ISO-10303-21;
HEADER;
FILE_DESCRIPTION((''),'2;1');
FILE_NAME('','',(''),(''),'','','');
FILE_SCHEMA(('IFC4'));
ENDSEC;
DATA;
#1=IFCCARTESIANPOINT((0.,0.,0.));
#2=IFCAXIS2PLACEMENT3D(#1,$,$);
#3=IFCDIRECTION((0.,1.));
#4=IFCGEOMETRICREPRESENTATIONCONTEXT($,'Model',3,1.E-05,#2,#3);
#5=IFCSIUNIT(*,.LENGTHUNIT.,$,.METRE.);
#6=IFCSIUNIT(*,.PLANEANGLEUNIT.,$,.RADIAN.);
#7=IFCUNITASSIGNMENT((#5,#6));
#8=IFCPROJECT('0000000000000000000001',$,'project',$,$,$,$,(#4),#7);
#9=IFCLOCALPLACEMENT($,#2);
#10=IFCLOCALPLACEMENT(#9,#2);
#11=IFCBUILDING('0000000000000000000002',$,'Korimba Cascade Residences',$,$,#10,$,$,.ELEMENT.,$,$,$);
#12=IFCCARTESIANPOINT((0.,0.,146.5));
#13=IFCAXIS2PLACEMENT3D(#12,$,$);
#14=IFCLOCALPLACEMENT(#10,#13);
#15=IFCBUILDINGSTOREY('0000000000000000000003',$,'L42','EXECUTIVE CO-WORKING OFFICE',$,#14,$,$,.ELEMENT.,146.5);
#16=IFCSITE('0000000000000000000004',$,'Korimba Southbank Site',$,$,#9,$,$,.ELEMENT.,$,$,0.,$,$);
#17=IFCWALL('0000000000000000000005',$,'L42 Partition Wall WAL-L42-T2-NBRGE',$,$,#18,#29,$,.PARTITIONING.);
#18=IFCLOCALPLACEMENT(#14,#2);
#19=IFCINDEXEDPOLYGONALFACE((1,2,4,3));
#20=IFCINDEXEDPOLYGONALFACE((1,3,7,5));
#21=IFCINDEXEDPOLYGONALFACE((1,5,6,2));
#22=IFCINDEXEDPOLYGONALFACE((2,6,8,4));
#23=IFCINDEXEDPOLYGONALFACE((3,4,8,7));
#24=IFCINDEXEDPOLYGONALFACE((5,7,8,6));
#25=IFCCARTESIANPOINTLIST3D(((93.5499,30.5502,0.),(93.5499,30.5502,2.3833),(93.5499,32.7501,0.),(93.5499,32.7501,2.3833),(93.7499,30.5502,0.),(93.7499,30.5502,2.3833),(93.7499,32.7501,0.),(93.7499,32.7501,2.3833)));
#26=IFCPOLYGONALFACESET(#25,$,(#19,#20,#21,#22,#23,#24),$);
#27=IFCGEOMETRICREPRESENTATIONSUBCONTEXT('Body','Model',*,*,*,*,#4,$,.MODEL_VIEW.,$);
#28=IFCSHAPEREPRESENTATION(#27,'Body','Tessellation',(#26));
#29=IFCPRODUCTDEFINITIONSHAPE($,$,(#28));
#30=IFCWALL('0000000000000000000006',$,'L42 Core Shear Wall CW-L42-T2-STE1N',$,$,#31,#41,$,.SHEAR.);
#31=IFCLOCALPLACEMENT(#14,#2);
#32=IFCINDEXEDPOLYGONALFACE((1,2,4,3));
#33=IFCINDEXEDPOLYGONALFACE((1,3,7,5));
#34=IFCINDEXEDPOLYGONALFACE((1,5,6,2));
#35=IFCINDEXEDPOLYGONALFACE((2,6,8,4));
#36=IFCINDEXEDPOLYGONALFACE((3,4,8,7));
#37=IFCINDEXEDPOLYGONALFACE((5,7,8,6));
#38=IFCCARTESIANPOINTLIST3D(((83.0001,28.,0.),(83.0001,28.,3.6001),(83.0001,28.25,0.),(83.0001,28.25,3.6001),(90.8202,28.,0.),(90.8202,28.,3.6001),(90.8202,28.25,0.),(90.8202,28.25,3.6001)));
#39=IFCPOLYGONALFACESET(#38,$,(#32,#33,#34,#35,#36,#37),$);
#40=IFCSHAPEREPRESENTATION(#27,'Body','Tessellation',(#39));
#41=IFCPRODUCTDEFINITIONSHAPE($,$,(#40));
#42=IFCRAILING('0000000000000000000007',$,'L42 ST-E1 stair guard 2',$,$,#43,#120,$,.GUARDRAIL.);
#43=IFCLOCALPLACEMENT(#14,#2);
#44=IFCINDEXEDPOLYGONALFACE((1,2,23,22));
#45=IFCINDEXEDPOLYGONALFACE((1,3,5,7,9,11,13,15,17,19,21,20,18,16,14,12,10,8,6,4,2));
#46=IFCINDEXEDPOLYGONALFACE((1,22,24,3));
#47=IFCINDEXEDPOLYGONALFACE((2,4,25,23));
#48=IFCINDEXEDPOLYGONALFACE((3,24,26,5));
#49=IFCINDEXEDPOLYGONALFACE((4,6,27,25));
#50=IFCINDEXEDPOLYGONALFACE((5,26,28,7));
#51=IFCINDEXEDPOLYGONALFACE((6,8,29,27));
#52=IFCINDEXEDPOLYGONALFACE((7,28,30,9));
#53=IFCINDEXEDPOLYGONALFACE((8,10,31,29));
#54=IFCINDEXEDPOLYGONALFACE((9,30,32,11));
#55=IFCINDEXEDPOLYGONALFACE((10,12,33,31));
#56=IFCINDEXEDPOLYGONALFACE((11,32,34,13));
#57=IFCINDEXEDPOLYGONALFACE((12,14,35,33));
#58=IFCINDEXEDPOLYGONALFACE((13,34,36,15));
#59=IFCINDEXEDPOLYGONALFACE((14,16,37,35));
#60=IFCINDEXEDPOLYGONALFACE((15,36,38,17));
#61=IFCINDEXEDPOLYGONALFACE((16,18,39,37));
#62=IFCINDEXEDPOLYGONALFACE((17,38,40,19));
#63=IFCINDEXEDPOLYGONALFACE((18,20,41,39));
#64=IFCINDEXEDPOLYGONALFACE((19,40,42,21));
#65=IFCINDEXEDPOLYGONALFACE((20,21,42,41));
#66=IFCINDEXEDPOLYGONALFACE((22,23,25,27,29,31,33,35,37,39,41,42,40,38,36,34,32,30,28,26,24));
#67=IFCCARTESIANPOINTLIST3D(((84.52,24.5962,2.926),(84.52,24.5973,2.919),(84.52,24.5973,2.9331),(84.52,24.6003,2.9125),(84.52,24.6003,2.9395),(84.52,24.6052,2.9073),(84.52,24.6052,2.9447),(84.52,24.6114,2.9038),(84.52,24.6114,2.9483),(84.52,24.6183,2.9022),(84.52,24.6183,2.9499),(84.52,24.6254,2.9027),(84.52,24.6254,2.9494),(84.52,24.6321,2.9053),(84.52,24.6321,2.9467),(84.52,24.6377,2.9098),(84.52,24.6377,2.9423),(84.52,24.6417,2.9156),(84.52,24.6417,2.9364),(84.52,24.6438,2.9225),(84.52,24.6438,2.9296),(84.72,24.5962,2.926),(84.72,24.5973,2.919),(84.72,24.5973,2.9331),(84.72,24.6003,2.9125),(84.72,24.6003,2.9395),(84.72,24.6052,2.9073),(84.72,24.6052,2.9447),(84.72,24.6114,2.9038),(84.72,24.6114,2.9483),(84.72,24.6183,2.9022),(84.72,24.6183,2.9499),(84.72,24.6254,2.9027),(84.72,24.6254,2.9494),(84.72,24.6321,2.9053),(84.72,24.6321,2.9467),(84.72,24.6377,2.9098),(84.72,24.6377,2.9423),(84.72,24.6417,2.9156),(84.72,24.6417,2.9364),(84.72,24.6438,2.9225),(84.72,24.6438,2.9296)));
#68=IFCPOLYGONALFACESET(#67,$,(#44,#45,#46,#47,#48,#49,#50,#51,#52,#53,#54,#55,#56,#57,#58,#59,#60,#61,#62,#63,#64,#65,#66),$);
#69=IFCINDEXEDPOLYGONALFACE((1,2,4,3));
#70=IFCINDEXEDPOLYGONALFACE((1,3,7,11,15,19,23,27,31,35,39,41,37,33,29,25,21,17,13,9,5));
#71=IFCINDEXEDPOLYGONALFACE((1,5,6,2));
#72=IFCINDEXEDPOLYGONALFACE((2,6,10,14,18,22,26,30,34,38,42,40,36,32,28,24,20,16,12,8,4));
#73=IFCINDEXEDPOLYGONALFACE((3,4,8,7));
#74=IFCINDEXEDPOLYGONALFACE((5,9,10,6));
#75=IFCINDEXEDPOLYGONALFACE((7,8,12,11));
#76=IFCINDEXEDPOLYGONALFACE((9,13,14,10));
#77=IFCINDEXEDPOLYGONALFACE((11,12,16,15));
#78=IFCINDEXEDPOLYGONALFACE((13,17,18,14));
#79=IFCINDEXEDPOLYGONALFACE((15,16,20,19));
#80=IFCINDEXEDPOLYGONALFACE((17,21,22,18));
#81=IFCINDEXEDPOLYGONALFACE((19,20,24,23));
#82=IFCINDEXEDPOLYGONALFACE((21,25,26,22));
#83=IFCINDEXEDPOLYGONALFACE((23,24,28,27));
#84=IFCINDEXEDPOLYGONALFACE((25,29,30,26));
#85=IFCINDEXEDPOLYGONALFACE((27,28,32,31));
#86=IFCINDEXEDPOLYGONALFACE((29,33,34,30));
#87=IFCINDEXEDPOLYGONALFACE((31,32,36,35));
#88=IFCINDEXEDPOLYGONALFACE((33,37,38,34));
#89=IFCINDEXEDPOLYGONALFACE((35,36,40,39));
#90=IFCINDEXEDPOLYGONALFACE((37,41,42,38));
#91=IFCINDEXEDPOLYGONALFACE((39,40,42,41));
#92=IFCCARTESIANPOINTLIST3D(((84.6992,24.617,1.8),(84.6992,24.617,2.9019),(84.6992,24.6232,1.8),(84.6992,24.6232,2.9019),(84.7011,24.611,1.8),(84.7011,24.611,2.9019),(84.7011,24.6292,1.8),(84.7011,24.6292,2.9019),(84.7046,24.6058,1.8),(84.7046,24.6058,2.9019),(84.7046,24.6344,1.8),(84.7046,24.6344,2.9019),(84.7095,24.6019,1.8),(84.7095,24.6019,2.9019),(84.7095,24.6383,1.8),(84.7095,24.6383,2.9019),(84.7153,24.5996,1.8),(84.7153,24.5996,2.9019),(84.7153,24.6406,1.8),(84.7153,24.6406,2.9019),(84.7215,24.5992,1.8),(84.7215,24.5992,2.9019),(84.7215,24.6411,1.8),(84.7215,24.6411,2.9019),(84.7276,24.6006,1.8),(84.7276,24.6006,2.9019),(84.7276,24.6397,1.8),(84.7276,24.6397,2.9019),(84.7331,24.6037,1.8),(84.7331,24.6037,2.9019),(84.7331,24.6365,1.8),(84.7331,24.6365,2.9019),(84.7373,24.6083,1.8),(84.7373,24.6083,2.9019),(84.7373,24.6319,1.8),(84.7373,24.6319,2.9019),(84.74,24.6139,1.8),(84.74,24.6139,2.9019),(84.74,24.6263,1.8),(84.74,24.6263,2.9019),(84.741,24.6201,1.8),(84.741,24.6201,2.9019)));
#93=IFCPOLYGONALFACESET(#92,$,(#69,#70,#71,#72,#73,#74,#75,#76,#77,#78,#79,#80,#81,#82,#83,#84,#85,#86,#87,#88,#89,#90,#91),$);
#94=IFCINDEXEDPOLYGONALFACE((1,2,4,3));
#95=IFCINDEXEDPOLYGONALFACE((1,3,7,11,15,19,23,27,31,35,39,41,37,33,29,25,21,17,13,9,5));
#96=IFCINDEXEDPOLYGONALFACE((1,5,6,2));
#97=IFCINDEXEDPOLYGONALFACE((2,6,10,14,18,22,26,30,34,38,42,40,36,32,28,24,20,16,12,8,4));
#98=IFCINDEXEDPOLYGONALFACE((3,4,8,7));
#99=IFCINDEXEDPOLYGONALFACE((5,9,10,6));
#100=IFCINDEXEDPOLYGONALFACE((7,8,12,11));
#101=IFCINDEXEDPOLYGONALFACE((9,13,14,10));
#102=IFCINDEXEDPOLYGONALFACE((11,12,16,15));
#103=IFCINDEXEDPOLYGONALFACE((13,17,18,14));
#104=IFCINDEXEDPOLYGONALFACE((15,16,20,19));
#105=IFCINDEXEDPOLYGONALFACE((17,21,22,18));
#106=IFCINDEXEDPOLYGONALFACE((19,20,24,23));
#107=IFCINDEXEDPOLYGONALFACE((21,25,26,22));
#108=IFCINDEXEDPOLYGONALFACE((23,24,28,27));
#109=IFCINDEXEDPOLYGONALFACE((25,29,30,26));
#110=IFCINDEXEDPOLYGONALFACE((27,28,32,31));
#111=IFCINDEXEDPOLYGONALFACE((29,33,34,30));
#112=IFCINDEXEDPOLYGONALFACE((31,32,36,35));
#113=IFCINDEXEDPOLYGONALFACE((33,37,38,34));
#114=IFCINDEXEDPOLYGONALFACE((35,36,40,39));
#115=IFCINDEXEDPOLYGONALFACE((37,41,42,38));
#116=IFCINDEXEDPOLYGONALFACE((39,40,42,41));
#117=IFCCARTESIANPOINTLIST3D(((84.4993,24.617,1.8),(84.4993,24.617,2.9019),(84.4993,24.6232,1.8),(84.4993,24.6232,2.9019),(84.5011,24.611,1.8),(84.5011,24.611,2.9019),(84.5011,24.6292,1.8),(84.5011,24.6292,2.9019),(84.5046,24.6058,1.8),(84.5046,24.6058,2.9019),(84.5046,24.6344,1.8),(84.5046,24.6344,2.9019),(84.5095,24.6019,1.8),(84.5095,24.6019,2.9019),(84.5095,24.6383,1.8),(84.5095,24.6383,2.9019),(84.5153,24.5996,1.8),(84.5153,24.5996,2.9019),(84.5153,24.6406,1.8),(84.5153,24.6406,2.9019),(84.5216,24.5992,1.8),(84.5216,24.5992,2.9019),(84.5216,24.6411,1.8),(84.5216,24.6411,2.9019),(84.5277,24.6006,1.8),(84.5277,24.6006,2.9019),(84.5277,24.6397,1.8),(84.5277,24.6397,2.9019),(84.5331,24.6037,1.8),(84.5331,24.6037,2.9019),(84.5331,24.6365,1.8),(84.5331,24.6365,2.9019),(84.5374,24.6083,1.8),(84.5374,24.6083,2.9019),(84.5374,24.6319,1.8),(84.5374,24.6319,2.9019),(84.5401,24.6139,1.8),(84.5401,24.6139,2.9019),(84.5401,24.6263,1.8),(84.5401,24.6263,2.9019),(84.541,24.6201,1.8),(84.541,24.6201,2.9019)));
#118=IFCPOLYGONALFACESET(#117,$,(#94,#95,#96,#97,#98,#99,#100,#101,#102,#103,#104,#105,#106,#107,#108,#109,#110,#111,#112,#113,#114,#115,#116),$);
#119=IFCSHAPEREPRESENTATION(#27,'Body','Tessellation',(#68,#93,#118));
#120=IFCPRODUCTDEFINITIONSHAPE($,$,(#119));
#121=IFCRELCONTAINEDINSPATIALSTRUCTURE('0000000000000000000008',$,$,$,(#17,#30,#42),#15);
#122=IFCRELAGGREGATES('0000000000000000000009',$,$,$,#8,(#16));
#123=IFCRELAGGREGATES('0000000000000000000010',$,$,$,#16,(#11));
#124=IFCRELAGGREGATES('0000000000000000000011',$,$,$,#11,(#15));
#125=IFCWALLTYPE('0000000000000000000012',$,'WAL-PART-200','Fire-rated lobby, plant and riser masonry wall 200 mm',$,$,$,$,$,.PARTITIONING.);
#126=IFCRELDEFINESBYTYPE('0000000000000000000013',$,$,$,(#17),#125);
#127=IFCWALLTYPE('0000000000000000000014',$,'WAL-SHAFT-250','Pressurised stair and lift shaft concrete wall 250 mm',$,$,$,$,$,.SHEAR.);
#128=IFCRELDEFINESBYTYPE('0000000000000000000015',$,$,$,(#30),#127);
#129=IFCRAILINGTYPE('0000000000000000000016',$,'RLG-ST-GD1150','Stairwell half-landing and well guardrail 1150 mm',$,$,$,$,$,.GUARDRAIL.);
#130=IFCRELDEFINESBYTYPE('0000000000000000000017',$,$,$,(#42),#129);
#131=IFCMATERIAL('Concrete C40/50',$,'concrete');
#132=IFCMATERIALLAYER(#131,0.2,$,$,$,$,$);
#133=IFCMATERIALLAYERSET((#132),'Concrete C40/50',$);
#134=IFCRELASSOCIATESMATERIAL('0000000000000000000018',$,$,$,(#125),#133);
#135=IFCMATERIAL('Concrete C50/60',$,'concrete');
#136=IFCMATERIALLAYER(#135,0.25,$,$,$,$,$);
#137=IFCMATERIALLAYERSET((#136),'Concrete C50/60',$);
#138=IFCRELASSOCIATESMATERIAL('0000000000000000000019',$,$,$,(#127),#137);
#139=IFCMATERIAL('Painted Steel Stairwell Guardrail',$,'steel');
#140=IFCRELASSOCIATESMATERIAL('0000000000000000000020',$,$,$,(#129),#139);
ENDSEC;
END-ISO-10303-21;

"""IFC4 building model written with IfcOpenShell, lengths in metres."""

from ifc_helpers import new_model, si_unit, direction, frame, frame_2d, origin, origin_2d, place, context, subcontext, project, spatial, rectangle, circle, extrude, material, layer, layer_set, type_object, element, save


model = new_model("IFC4")

# Units and contexts
model_context = context("Model", 3, precision=1e-05, world=origin(), true_north=direction((0.0, 1.0)))
body_context = subcontext(model_context, "Body", "Model", "MODEL_VIEW")
ifc_project = project(units=[si_unit("LENGTHUNIT", "METRE"), si_unit("PLANEANGLEUNIT", "RADIAN")], contexts=[model_context])

# Site, building, storey
site_placement = place(None, origin())
site = spatial("IfcSite", under=ifc_project, at=site_placement, Name="Korimba Southbank Site", CompositionType="ELEMENT", RefElevation=0.0)
building_placement = place(site_placement, origin())
building = spatial("IfcBuilding", under=site, at=building_placement, Name="Korimba Cascade Residences", CompositionType="ELEMENT")
storey_placement = place(building_placement, frame((0.0, 0.0, 146.5)))
storey = spatial("IfcBuildingStorey", under=building, at=storey_placement, Name="L42", Description="EXECUTIVE CO-WORKING OFFICE", CompositionType="ELEMENT", Elevation=146.5)

# Shared definitions
ifc_material_1 = material(Name="Concrete C40/50", Category="concrete")
ifc_layer_1 = layer(ifc_material_1, 0.2)
ifc_layer_set_1 = layer_set([ifc_layer_1], Name="Concrete C40/50")
wall_type_1 = type_object("IfcWallType", Name="WAL-PART-200", Description="Fire-rated lobby, plant and riser masonry wall 200 mm", PredefinedType="PARTITIONING", material=ifc_layer_set_1)

# Walls
wall_1_placement = place(storey_placement, frame((93.6499, 30.55, 0.0), z_axis=(0.0, 0.0, 1.0), x_axis=(0.0, 1.0, 0.0)))
element("IfcWall", 1, at=wall_1_placement, inside=storey, type_object=wall_type_1, Name="L42 Partition Wall WAL-L42-T2-NBRGE", PredefinedType="PARTITIONING", context=body_context, shape_type="SweptSolid", body=[
    extrude(rectangle(XDim=2.2, YDim=0.2, at=frame_2d((1.1001, 0.0))), origin(), (0.0, 0.0, 1.0), 2.3833),
])
ifc_material_2 = material(Name="Concrete C50/60", Category="concrete")
ifc_layer_2 = layer(ifc_material_2, 0.25)
ifc_layer_set_2 = layer_set([ifc_layer_2], Name="Concrete C50/60")
wall_type_2 = type_object("IfcWallType", Name="WAL-SHAFT-250", Description="Pressurised stair and lift shaft concrete wall 250 mm", PredefinedType="SHEAR", material=ifc_layer_set_2)
wall_2_placement = place(storey_placement, frame((83.0, 28.125, 0.0), z_axis=(0.0, 0.0, 1.0), x_axis=(1.0, 0.0, 0.0)))
element("IfcWall", 2, at=wall_2_placement, inside=storey, type_object=wall_type_2, Name="L42 Core Shear Wall CW-L42-T2-STE1N", PredefinedType="SHEAR", context=body_context, shape_type="SweptSolid", body=[
    extrude(rectangle(XDim=7.8201, YDim=0.25, at=frame_2d((3.9102, 0.0))), origin(), (0.0, 0.0, 1.0), 3.6001),
])

# Railing
ifc_material_3 = material(Name="Painted Steel Stairwell Guardrail", Category="steel")
railing_type = type_object("IfcRailingType", Name="RLG-ST-GD1150", Description="Stairwell half-landing and well guardrail 1150 mm", PredefinedType="GUARDRAIL", material=ifc_material_3)
railing_1_placement = place(storey_placement, frame((84.72, 24.6201, 1.8)))
element("IfcRailing", 3, at=railing_1_placement, inside=storey, type_object=railing_type, Name="L42 ST-E1 stair guard 2", PredefinedType="GUARDRAIL", context=body_context, shape_type="SweptSolid", body=[
    extrude(circle(Radius=0.0239, at=origin_2d()), frame((0.0, 0.0, 1.126), z_axis=(-1.0, 0.0, 0.0), x_axis=(0.0, -1.0, 0.0)), (0.0, 0.0, 1.0), 0.2),
    extrude(circle(Radius=0.021, at=origin_2d()), origin(), (0.0, 0.0, 1.0), 1.1018),
    extrude(circle(Radius=0.021, at=origin_2d()), frame((-0.2, 0.0, 0.0)), (0.0, 0.0, 1.0), 1.1018),
])

save(model, "model.ifc")
